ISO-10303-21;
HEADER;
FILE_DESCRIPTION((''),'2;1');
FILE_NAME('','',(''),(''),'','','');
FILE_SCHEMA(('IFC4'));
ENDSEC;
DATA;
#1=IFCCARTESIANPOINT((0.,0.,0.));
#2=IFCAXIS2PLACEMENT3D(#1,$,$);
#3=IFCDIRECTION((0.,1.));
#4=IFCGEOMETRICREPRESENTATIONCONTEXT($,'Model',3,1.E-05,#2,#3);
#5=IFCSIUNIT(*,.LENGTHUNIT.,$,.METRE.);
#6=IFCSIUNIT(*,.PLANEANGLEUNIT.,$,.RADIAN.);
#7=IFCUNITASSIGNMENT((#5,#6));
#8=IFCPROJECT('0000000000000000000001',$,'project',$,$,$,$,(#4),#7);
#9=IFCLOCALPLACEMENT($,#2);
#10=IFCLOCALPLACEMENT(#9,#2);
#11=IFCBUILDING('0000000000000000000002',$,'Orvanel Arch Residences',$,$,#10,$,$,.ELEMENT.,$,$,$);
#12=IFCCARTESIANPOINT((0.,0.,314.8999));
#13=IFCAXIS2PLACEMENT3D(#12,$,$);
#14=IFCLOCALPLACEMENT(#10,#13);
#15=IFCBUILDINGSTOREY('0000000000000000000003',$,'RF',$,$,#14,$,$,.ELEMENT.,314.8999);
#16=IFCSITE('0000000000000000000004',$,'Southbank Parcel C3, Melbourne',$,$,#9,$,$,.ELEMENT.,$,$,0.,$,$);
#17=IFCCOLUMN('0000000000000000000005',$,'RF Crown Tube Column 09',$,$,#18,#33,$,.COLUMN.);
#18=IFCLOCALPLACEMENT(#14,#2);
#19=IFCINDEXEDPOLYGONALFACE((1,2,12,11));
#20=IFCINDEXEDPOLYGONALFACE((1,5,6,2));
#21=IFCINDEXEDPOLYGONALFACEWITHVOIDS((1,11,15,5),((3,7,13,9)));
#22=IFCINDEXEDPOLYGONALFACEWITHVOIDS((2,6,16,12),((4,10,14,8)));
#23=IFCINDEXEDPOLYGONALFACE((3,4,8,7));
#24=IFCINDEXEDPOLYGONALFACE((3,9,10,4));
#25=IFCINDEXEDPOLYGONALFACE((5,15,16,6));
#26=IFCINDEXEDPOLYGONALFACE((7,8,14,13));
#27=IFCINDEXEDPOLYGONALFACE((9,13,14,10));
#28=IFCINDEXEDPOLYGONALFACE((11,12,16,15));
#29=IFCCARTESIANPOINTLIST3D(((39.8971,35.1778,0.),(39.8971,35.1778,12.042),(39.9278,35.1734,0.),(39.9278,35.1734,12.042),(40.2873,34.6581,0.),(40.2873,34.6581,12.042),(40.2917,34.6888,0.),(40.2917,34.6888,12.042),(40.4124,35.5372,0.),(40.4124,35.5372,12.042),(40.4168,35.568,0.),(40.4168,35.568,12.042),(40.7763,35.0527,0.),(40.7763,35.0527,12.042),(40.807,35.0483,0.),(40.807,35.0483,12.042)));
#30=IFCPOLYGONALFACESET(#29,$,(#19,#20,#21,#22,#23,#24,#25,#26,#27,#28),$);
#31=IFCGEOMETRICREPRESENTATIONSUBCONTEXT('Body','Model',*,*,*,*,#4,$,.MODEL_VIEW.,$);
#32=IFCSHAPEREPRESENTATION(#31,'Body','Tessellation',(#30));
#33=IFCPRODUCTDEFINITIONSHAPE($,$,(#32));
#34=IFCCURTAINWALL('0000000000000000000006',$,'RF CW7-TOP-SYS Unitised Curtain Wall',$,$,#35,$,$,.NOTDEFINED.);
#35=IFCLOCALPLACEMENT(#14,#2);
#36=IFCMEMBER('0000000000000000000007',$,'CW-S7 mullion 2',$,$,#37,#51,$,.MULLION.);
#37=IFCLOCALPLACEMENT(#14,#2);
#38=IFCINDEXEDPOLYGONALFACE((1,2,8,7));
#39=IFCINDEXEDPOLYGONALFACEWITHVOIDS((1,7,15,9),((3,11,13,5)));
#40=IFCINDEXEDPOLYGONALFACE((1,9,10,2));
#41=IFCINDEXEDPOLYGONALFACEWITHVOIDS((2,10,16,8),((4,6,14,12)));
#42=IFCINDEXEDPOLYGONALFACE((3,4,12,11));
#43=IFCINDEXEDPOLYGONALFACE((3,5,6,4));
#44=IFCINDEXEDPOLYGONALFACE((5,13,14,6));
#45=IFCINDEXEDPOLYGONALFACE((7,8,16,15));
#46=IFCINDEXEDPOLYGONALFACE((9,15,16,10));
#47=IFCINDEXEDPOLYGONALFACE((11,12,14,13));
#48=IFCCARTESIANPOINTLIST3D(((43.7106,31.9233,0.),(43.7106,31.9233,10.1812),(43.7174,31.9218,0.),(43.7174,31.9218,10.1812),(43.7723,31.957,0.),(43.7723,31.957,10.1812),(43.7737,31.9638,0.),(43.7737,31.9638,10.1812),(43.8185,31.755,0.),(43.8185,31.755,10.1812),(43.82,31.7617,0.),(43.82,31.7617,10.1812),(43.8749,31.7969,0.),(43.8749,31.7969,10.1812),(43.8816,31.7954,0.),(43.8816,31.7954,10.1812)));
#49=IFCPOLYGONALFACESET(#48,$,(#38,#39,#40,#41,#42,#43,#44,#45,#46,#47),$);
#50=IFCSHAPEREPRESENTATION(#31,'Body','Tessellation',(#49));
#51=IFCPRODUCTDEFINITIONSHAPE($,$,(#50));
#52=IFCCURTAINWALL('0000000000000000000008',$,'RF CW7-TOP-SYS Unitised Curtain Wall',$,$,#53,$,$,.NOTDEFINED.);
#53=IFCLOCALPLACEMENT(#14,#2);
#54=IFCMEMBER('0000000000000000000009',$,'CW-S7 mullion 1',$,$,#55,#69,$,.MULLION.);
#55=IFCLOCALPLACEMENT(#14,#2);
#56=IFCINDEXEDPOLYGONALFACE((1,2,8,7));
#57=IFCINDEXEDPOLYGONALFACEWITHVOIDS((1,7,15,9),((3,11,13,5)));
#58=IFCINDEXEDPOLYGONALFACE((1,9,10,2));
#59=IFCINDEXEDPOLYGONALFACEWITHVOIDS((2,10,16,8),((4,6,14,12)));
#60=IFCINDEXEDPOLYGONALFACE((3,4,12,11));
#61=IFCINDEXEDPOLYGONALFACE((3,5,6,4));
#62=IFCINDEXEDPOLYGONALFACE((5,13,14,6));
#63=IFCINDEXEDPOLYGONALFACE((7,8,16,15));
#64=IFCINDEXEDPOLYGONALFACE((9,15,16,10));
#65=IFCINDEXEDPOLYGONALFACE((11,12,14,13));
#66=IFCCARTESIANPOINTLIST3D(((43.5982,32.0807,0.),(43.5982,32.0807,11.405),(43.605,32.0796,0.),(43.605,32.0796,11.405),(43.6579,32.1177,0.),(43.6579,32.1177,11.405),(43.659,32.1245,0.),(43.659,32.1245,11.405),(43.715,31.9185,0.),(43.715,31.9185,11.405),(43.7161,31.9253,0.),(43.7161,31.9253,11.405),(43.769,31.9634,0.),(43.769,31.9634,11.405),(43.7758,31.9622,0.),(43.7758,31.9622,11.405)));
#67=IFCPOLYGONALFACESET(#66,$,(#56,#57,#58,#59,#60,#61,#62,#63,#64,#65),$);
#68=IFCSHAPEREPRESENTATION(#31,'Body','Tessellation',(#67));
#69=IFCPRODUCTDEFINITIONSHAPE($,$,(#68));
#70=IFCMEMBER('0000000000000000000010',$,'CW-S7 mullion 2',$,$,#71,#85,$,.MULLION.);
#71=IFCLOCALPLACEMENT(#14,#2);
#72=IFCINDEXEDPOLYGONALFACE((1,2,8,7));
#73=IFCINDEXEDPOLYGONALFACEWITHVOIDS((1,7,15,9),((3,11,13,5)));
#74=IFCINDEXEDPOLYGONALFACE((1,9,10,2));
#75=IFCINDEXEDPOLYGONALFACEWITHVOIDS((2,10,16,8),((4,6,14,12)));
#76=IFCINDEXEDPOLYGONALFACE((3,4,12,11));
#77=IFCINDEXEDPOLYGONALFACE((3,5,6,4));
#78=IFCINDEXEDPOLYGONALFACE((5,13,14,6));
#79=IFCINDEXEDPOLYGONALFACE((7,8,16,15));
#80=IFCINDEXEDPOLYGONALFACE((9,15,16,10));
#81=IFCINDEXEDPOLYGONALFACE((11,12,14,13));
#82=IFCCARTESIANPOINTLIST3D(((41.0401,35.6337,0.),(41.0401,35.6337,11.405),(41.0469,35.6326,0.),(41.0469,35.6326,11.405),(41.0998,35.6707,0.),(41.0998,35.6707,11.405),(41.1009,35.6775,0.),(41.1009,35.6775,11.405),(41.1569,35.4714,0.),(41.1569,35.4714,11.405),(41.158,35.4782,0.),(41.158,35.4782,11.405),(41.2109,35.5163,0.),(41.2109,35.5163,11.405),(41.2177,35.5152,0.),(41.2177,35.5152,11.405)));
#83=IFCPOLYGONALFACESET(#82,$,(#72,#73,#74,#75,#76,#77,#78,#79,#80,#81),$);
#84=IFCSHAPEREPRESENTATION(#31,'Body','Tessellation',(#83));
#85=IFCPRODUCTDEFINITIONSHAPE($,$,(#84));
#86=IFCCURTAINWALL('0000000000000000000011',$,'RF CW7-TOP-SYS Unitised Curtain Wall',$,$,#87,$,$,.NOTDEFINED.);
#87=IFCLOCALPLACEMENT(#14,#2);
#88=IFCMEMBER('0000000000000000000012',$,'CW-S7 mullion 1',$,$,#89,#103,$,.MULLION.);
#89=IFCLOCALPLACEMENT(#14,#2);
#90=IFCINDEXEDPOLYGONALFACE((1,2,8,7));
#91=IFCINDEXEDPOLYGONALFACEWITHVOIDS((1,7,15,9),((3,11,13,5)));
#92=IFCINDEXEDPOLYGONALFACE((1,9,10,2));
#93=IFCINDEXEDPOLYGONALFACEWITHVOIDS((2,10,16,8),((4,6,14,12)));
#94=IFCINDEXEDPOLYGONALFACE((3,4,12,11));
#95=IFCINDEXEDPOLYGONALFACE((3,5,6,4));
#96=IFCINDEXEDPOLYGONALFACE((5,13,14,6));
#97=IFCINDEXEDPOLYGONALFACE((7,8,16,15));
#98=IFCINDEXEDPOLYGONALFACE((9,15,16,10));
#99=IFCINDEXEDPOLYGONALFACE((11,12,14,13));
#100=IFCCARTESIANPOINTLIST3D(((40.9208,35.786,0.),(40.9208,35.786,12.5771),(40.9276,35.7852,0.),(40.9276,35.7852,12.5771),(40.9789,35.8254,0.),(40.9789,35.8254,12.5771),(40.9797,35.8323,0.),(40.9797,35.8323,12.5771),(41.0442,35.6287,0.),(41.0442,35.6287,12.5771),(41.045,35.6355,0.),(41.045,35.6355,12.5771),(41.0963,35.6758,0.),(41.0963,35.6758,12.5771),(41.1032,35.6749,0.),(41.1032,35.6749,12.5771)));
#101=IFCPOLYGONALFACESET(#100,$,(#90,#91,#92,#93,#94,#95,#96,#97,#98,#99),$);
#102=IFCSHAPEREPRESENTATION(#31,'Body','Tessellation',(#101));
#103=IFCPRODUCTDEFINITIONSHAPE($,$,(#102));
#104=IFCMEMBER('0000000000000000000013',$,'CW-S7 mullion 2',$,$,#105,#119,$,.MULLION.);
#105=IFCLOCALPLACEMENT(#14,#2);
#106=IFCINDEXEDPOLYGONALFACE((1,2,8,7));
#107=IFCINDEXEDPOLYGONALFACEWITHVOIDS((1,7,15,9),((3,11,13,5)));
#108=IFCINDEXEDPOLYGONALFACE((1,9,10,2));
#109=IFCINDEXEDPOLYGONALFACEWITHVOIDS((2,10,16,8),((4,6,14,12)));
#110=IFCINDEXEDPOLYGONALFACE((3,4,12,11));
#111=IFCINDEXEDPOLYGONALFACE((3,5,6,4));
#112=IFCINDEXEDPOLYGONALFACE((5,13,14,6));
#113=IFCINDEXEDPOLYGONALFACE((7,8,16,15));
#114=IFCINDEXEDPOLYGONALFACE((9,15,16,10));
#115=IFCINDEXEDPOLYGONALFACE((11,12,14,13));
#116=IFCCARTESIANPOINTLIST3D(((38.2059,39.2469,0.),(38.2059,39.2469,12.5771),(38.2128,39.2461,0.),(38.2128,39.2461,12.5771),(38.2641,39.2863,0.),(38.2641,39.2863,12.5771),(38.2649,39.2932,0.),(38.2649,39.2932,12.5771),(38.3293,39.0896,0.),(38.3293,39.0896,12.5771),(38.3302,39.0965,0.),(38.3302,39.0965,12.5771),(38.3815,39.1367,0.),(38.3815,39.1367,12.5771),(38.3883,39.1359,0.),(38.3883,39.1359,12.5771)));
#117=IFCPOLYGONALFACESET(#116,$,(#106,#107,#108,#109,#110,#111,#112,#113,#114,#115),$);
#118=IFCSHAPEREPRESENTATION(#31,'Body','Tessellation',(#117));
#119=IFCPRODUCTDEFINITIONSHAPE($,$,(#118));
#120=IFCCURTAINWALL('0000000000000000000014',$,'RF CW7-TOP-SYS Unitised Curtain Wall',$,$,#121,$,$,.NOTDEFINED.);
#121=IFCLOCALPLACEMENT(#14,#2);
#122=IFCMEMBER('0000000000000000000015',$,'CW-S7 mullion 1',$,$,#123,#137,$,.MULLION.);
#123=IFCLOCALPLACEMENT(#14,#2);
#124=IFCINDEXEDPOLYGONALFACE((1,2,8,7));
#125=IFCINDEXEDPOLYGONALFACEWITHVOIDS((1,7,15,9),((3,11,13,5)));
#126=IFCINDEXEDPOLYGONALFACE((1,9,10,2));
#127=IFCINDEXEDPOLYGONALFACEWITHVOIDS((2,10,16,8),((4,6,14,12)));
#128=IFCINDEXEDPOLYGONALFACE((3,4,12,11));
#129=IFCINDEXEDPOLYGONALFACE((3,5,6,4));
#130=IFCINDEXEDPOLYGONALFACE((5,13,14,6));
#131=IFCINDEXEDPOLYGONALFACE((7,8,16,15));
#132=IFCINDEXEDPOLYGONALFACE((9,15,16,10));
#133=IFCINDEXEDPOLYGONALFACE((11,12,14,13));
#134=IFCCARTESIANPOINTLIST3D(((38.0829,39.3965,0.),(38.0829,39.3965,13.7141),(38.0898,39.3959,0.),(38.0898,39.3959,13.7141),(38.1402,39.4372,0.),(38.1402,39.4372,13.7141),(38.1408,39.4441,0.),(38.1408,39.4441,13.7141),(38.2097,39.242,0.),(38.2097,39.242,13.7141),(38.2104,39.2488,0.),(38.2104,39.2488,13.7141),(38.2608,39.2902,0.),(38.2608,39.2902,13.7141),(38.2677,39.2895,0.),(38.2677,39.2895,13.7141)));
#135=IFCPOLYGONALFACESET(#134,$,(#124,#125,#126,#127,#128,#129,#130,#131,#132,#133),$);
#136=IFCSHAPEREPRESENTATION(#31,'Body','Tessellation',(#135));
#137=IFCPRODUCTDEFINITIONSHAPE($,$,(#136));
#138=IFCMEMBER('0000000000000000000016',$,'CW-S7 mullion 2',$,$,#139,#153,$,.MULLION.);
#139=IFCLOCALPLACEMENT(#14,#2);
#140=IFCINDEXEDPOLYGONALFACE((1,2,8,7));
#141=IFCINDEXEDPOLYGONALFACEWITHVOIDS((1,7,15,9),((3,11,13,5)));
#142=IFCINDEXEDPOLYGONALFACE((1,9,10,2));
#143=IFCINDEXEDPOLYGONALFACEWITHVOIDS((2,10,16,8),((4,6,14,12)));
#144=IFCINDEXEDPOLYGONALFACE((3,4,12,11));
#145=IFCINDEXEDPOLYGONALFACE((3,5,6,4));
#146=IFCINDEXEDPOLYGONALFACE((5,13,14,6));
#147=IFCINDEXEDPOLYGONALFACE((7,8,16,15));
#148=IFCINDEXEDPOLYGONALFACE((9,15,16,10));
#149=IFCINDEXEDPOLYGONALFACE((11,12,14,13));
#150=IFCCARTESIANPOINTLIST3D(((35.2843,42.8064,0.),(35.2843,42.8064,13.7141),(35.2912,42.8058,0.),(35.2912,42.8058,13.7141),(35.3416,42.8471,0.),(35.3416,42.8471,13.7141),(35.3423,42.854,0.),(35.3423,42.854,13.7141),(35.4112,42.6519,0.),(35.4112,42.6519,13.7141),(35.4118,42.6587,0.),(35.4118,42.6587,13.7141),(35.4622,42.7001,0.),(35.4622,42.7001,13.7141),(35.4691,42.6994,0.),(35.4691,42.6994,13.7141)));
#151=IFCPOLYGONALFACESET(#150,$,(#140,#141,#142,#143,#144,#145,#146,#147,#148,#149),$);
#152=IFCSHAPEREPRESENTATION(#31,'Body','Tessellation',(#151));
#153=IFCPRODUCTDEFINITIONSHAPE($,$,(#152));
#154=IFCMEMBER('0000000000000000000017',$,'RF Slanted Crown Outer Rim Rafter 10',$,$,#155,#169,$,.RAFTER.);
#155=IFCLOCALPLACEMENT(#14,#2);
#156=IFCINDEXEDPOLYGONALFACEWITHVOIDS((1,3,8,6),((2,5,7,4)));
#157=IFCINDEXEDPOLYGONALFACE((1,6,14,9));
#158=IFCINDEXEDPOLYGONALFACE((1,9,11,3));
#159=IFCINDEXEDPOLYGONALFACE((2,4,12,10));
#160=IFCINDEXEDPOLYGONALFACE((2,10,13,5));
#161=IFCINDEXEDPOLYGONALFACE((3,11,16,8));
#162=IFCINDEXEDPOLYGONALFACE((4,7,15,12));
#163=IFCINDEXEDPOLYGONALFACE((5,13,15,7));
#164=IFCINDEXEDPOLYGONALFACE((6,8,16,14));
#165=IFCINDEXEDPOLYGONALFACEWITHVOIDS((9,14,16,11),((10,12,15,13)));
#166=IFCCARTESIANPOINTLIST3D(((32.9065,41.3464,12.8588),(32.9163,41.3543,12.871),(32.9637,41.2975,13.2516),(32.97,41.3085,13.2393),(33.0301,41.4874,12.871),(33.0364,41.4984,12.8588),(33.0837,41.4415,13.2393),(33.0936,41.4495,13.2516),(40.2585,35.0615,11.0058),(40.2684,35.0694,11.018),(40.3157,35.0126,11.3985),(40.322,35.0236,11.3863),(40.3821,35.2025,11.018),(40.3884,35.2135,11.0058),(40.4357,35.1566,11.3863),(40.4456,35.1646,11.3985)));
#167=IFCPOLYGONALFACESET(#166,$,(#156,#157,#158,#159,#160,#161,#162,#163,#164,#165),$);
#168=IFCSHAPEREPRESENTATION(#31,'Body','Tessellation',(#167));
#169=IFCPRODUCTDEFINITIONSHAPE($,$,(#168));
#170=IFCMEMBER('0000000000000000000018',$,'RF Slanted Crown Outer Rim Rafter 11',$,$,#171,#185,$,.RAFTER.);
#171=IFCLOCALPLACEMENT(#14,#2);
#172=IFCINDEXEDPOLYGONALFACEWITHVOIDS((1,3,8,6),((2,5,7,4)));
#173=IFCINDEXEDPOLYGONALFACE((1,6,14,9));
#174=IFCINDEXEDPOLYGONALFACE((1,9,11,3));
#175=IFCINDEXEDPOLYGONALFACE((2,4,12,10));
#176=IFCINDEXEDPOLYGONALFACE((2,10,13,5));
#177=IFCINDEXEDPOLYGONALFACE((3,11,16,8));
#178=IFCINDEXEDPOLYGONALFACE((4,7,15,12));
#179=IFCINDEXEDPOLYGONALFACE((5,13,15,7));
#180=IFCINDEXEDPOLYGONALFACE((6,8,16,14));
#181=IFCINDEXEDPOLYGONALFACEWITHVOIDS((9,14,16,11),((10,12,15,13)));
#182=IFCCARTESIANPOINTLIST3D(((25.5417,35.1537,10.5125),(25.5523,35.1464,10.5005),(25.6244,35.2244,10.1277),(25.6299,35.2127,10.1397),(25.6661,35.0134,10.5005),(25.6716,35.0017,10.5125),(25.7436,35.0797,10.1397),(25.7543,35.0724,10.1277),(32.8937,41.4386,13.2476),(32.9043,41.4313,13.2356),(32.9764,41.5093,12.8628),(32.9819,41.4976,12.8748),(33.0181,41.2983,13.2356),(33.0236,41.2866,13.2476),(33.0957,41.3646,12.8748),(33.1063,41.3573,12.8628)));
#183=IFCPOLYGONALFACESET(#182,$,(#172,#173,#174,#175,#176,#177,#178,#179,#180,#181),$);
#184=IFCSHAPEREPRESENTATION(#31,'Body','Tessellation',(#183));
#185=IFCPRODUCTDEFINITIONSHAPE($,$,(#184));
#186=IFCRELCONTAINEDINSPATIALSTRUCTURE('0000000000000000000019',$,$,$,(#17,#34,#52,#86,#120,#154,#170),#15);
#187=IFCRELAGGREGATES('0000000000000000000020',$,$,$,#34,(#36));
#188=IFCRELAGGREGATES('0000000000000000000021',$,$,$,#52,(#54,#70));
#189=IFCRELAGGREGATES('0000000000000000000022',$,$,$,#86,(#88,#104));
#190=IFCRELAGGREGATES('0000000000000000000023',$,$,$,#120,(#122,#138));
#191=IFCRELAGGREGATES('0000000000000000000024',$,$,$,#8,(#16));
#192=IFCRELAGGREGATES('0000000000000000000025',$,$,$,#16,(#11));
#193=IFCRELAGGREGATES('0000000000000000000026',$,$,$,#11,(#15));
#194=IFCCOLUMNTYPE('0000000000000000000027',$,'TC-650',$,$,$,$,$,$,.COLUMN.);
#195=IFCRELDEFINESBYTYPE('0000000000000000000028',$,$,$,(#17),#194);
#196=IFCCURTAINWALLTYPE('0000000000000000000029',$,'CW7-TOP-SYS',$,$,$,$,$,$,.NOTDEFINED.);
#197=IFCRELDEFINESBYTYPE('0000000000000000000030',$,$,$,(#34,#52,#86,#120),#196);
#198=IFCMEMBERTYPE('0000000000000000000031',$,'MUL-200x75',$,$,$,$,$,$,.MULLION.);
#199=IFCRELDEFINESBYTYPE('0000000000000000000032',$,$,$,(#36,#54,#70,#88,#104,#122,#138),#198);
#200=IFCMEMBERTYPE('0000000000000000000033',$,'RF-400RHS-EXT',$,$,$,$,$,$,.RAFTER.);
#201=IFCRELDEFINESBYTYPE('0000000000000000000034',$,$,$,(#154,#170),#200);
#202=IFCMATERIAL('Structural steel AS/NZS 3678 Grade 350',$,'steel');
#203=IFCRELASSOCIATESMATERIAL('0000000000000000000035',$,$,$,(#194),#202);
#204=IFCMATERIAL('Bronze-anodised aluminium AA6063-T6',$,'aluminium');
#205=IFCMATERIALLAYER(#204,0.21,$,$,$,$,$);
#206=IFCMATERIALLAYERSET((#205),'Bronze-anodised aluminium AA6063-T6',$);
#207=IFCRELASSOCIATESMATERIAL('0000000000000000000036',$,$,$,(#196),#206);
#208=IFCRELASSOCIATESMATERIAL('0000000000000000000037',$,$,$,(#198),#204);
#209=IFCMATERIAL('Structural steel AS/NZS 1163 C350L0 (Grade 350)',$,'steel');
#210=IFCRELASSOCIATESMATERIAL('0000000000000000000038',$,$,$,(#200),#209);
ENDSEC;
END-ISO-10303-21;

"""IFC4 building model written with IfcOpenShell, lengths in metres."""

from ifc_helpers import new_model, si_unit, direction, frame, origin, origin_2d, place, context, subcontext, project, spatial, hollow_rectangle, extrude, material, layer, layer_set, material_profile, profile_set, type_object, element, aggregate, save


model = new_model("IFC4")

# Units and contexts
model_context = context("Model", 3, precision=1e-05, world=origin(), true_north=direction((0.0, 1.0)))
body_context = subcontext(model_context, "Body", "Model", "MODEL_VIEW")
ifc_project = project(units=[si_unit("LENGTHUNIT", "METRE"), si_unit("PLANEANGLEUNIT", "RADIAN")], contexts=[model_context])

# Site, building, storey
site_placement = place(None, origin())
site = spatial("IfcSite", under=ifc_project, at=site_placement, Name="Southbank Parcel C3, Melbourne", CompositionType="ELEMENT", RefElevation=0.0)
building_placement = place(site_placement, origin())
building = spatial("IfcBuilding", under=site, at=building_placement, Name="Orvanel Arch Residences", CompositionType="ELEMENT")
storey_placement = place(building_placement, frame((0.0, 0.0, 314.8999)))
storey = spatial("IfcBuildingStorey", under=building, at=storey_placement, Name="RF", CompositionType="ELEMENT", Elevation=314.8999)

# Column
ifc_material_1 = material(Name="Structural steel AS/NZS 3678 Grade 350", Category="steel")
ifc_material_profile_1 = material_profile(ifc_material_1, hollow_rectangle(XDim=0.6499, YDim=0.6499, WallThickness=0.022, at=origin_2d()), Name="BOX650x650x22")
ifc_profile_set_1 = profile_set([ifc_material_profile_1], Name="Structural steel AS/NZS 3678 Grade 350")
column_type = type_object("IfcColumnType", Name="TC-650", PredefinedType="COLUMN", material=ifc_profile_set_1)
column_placement = place(storey_placement, frame((40.3521, 35.113, 0.0), z_axis=(0.0, 0.0, 1.0), x_axis=(-0.60042, 0.799685, 0.0)))
element("IfcColumn", 1, at=column_placement, inside=storey, type_object=column_type, Name="RF Crown Tube Column 09", PredefinedType="COLUMN", context=body_context, shape_type="SweptSolid", body=[
    extrude(hollow_rectangle(XDim=0.6499, YDim=0.6499, WallThickness=0.022, at=origin_2d()), origin(), (0.0, 0.0, 1.0), 12.042),
])

# Curtain wall, member
ifc_material_2 = material(Name="Bronze-anodised aluminium AA6063-T6", Category="aluminium")
ifc_layer_1 = layer(ifc_material_2, 0.21)
ifc_layer_set_1 = layer_set([ifc_layer_1], Name="Bronze-anodised aluminium AA6063-T6")
curtain_wall_type = type_object("IfcCurtainWallType", Name="CW7-TOP-SYS", PredefinedType="NOTDEFINED", material=ifc_layer_set_1)
curtain_wall_1_placement = place(storey_placement, origin())
curtain_wall_1 = element("IfcCurtainWall", 2, at=curtain_wall_1_placement, inside=storey, type_object=curtain_wall_type, Name="RF CW7-TOP-SYS Unitised Curtain Wall", PredefinedType="NOTDEFINED")
ifc_material_profile_2 = material_profile(ifc_material_2, hollow_rectangle(XDim=0.075, YDim=0.2, WallThickness=0.0049, at=origin_2d()), Name="ALU200x75x5")
ifc_profile_set_2 = profile_set([ifc_material_profile_2], Name="Bronze-anodised aluminium AA6063-T6")
member_type_1 = type_object("IfcMemberType", Name="MUL-200x75", PredefinedType="MULLION", material=ifc_profile_set_2)
member_1_placement = place(storey_placement, frame((43.7961, 31.8594, 0.0), z_axis=(0.0, 0.0, 1.0), x_axis=(-0.841866, -0.539687, 0.0)))
member_1 = element("IfcMember", 3, at=member_1_placement, type_object=member_type_1, Name="CW-S7 mullion 2", PredefinedType="MULLION", context=body_context, shape_type="SweptSolid", body=[
    extrude(hollow_rectangle(XDim=0.075, YDim=0.2, WallThickness=0.0049, at=origin_2d()), origin(), (0.0, 0.0, 1.0), 10.1812),
])
aggregate(curtain_wall_1, [member_1])

# Curtain walls, members
curtain_wall_2_placement = place(storey_placement, origin())
curtain_wall_2 = element("IfcCurtainWall", 4, at=curtain_wall_2_placement, inside=storey, type_object=curtain_wall_type, Name="RF CW7-TOP-SYS Unitised Curtain Wall", PredefinedType="NOTDEFINED")
member_2_placement = place(storey_placement, frame((43.687, 32.0215, 0.0), z_axis=(0.0, 0.0, 1.0), x_axis=(-0.811543, -0.584293, 0.0)))
member_2 = element("IfcMember", 5, at=member_2_placement, type_object=member_type_1, Name="CW-S7 mullion 1", PredefinedType="MULLION", context=body_context, shape_type="SweptSolid", body=[
    extrude(hollow_rectangle(XDim=0.075, YDim=0.2, WallThickness=0.0049, at=origin_2d()), origin(), (0.0, 0.0, 1.0), 11.405),
])
member_3_placement = place(storey_placement, frame((41.1289, 35.5745, 0.0), z_axis=(0.0, 0.0, 1.0), x_axis=(-0.811543, -0.584293, 0.0)))
member_3 = element("IfcMember", 6, at=member_3_placement, type_object=member_type_1, Name="CW-S7 mullion 2", PredefinedType="MULLION", context=body_context, shape_type="SweptSolid", body=[
    extrude(hollow_rectangle(XDim=0.075, YDim=0.2, WallThickness=0.0049, at=origin_2d()), origin(), (0.0, 0.0, 1.0), 11.405),
])
curtain_wall_3_placement = place(storey_placement, origin())
curtain_wall_3 = element("IfcCurtainWall", 7, at=curtain_wall_3_placement, inside=storey, type_object=curtain_wall_type, Name="RF CW7-TOP-SYS Unitised Curtain Wall", PredefinedType="NOTDEFINED")
member_4_placement = place(storey_placement, frame((41.012, 35.7305, 0.0), z_axis=(0.0, 0.0, 1.0), x_axis=(-0.78683, -0.61717, 0.0)))
member_4 = element("IfcMember", 8, at=member_4_placement, type_object=member_type_1, Name="CW-S7 mullion 1", PredefinedType="MULLION", context=body_context, shape_type="SweptSolid", body=[
    extrude(hollow_rectangle(XDim=0.075, YDim=0.2, WallThickness=0.0049, at=origin_2d()), origin(), (0.0, 0.0, 1.0), 12.5771),
])
member_5_placement = place(storey_placement, frame((38.2971, 39.1914, 0.0), z_axis=(0.0, 0.0, 1.0), x_axis=(-0.78683, -0.61717, 0.0)))
member_5 = element("IfcMember", 9, at=member_5_placement, type_object=member_type_1, Name="CW-S7 mullion 2", PredefinedType="MULLION", context=body_context, shape_type="SweptSolid", body=[
    extrude(hollow_rectangle(XDim=0.075, YDim=0.2, WallThickness=0.0049, at=origin_2d()), origin(), (0.0, 0.0, 1.0), 12.5771),
])
curtain_wall_4_placement = place(storey_placement, origin())
curtain_wall_4 = element("IfcCurtainWall", 10, at=curtain_wall_4_placement, inside=storey, type_object=curtain_wall_type, Name="RF CW7-TOP-SYS Unitised Curtain Wall", PredefinedType="NOTDEFINED")
member_6_placement = place(storey_placement, frame((38.1753, 39.343, 0.0), z_axis=(0.0, 0.0, 1.0), x_axis=(-0.773023, -0.634378, 0.0)))
member_6 = element("IfcMember", 11, at=member_6_placement, type_object=member_type_1, Name="CW-S7 mullion 1", PredefinedType="MULLION", context=body_context, shape_type="SweptSolid", body=[
    extrude(hollow_rectangle(XDim=0.075, YDim=0.2, WallThickness=0.0049, at=origin_2d()), origin(), (0.0, 0.0, 1.0), 13.7141),
])
member_7_placement = place(storey_placement, frame((35.3767, 42.7529, 0.0), z_axis=(0.0, 0.0, 1.0), x_axis=(-0.773023, -0.634378, 0.0)))
member_7 = element("IfcMember", 12, at=member_7_placement, type_object=member_type_1, Name="CW-S7 mullion 2", PredefinedType="MULLION", context=body_context, shape_type="SweptSolid", body=[
    extrude(hollow_rectangle(XDim=0.075, YDim=0.2, WallThickness=0.0049, at=origin_2d()), origin(), (0.0, 0.0, 1.0), 13.7141),
])

# Members
ifc_material_3 = material(Name="Structural steel AS/NZS 1163 C350L0 (Grade 350)", Category="steel")
ifc_material_profile_3 = material_profile(ifc_material_3, hollow_rectangle(XDim=0.2, YDim=0.3999, WallThickness=0.0125, at=origin_2d()), Name="RHS400x200x12.5")
ifc_profile_set_3 = profile_set([ifc_material_profile_3], Name="Structural steel AS/NZS 1163 C350L0 (Grade 350)")
member_type_2 = type_object("IfcMemberType", Name="RF-400RHS-EXT", PredefinedType="RAFTER", material=ifc_profile_set_3)
member_8_placement = place(storey_placement, frame((40.3521, 35.113, 11.2021), z_axis=(-0.74654, 0.638181, 0.18816), x_axis=(-0.649787, -0.760117, 0.0)))
element("IfcMember", 13, at=member_8_placement, inside=storey, type_object=member_type_2, Name="RF Slanted Crown Outer Rim Rafter 10", PredefinedType="RAFTER", context=body_context, shape_type="SweptSolid", body=[
    extrude(hollow_rectangle(XDim=0.2, YDim=0.3999, WallThickness=0.0125, at=origin_2d()), origin(), (0.0, 0.0, 1.0), 9.8481),
])
member_9_placement = place(storey_placement, frame((33.0, 41.3979, 13.0552), z_axis=(-0.731435, -0.625268, -0.272108), x_axis=(0.649787, -0.760117, 0.0)))
element("IfcMember", 14, at=member_9_placement, inside=storey, type_object=member_type_2, Name="RF Slanted Crown Outer Rim Rafter 11", PredefinedType="RAFTER", context=body_context, shape_type="SweptSolid", body=[
    extrude(hollow_rectangle(XDim=0.2, YDim=0.3999, WallThickness=0.0125, at=origin_2d()), origin(), (0.0, 0.0, 1.0), 10.0515),
])

aggregate(curtain_wall_2, [member_2, member_3])
aggregate(curtain_wall_3, [member_4, member_5])
aggregate(curtain_wall_4, [member_6, member_7])

save(model, "model.ifc")
